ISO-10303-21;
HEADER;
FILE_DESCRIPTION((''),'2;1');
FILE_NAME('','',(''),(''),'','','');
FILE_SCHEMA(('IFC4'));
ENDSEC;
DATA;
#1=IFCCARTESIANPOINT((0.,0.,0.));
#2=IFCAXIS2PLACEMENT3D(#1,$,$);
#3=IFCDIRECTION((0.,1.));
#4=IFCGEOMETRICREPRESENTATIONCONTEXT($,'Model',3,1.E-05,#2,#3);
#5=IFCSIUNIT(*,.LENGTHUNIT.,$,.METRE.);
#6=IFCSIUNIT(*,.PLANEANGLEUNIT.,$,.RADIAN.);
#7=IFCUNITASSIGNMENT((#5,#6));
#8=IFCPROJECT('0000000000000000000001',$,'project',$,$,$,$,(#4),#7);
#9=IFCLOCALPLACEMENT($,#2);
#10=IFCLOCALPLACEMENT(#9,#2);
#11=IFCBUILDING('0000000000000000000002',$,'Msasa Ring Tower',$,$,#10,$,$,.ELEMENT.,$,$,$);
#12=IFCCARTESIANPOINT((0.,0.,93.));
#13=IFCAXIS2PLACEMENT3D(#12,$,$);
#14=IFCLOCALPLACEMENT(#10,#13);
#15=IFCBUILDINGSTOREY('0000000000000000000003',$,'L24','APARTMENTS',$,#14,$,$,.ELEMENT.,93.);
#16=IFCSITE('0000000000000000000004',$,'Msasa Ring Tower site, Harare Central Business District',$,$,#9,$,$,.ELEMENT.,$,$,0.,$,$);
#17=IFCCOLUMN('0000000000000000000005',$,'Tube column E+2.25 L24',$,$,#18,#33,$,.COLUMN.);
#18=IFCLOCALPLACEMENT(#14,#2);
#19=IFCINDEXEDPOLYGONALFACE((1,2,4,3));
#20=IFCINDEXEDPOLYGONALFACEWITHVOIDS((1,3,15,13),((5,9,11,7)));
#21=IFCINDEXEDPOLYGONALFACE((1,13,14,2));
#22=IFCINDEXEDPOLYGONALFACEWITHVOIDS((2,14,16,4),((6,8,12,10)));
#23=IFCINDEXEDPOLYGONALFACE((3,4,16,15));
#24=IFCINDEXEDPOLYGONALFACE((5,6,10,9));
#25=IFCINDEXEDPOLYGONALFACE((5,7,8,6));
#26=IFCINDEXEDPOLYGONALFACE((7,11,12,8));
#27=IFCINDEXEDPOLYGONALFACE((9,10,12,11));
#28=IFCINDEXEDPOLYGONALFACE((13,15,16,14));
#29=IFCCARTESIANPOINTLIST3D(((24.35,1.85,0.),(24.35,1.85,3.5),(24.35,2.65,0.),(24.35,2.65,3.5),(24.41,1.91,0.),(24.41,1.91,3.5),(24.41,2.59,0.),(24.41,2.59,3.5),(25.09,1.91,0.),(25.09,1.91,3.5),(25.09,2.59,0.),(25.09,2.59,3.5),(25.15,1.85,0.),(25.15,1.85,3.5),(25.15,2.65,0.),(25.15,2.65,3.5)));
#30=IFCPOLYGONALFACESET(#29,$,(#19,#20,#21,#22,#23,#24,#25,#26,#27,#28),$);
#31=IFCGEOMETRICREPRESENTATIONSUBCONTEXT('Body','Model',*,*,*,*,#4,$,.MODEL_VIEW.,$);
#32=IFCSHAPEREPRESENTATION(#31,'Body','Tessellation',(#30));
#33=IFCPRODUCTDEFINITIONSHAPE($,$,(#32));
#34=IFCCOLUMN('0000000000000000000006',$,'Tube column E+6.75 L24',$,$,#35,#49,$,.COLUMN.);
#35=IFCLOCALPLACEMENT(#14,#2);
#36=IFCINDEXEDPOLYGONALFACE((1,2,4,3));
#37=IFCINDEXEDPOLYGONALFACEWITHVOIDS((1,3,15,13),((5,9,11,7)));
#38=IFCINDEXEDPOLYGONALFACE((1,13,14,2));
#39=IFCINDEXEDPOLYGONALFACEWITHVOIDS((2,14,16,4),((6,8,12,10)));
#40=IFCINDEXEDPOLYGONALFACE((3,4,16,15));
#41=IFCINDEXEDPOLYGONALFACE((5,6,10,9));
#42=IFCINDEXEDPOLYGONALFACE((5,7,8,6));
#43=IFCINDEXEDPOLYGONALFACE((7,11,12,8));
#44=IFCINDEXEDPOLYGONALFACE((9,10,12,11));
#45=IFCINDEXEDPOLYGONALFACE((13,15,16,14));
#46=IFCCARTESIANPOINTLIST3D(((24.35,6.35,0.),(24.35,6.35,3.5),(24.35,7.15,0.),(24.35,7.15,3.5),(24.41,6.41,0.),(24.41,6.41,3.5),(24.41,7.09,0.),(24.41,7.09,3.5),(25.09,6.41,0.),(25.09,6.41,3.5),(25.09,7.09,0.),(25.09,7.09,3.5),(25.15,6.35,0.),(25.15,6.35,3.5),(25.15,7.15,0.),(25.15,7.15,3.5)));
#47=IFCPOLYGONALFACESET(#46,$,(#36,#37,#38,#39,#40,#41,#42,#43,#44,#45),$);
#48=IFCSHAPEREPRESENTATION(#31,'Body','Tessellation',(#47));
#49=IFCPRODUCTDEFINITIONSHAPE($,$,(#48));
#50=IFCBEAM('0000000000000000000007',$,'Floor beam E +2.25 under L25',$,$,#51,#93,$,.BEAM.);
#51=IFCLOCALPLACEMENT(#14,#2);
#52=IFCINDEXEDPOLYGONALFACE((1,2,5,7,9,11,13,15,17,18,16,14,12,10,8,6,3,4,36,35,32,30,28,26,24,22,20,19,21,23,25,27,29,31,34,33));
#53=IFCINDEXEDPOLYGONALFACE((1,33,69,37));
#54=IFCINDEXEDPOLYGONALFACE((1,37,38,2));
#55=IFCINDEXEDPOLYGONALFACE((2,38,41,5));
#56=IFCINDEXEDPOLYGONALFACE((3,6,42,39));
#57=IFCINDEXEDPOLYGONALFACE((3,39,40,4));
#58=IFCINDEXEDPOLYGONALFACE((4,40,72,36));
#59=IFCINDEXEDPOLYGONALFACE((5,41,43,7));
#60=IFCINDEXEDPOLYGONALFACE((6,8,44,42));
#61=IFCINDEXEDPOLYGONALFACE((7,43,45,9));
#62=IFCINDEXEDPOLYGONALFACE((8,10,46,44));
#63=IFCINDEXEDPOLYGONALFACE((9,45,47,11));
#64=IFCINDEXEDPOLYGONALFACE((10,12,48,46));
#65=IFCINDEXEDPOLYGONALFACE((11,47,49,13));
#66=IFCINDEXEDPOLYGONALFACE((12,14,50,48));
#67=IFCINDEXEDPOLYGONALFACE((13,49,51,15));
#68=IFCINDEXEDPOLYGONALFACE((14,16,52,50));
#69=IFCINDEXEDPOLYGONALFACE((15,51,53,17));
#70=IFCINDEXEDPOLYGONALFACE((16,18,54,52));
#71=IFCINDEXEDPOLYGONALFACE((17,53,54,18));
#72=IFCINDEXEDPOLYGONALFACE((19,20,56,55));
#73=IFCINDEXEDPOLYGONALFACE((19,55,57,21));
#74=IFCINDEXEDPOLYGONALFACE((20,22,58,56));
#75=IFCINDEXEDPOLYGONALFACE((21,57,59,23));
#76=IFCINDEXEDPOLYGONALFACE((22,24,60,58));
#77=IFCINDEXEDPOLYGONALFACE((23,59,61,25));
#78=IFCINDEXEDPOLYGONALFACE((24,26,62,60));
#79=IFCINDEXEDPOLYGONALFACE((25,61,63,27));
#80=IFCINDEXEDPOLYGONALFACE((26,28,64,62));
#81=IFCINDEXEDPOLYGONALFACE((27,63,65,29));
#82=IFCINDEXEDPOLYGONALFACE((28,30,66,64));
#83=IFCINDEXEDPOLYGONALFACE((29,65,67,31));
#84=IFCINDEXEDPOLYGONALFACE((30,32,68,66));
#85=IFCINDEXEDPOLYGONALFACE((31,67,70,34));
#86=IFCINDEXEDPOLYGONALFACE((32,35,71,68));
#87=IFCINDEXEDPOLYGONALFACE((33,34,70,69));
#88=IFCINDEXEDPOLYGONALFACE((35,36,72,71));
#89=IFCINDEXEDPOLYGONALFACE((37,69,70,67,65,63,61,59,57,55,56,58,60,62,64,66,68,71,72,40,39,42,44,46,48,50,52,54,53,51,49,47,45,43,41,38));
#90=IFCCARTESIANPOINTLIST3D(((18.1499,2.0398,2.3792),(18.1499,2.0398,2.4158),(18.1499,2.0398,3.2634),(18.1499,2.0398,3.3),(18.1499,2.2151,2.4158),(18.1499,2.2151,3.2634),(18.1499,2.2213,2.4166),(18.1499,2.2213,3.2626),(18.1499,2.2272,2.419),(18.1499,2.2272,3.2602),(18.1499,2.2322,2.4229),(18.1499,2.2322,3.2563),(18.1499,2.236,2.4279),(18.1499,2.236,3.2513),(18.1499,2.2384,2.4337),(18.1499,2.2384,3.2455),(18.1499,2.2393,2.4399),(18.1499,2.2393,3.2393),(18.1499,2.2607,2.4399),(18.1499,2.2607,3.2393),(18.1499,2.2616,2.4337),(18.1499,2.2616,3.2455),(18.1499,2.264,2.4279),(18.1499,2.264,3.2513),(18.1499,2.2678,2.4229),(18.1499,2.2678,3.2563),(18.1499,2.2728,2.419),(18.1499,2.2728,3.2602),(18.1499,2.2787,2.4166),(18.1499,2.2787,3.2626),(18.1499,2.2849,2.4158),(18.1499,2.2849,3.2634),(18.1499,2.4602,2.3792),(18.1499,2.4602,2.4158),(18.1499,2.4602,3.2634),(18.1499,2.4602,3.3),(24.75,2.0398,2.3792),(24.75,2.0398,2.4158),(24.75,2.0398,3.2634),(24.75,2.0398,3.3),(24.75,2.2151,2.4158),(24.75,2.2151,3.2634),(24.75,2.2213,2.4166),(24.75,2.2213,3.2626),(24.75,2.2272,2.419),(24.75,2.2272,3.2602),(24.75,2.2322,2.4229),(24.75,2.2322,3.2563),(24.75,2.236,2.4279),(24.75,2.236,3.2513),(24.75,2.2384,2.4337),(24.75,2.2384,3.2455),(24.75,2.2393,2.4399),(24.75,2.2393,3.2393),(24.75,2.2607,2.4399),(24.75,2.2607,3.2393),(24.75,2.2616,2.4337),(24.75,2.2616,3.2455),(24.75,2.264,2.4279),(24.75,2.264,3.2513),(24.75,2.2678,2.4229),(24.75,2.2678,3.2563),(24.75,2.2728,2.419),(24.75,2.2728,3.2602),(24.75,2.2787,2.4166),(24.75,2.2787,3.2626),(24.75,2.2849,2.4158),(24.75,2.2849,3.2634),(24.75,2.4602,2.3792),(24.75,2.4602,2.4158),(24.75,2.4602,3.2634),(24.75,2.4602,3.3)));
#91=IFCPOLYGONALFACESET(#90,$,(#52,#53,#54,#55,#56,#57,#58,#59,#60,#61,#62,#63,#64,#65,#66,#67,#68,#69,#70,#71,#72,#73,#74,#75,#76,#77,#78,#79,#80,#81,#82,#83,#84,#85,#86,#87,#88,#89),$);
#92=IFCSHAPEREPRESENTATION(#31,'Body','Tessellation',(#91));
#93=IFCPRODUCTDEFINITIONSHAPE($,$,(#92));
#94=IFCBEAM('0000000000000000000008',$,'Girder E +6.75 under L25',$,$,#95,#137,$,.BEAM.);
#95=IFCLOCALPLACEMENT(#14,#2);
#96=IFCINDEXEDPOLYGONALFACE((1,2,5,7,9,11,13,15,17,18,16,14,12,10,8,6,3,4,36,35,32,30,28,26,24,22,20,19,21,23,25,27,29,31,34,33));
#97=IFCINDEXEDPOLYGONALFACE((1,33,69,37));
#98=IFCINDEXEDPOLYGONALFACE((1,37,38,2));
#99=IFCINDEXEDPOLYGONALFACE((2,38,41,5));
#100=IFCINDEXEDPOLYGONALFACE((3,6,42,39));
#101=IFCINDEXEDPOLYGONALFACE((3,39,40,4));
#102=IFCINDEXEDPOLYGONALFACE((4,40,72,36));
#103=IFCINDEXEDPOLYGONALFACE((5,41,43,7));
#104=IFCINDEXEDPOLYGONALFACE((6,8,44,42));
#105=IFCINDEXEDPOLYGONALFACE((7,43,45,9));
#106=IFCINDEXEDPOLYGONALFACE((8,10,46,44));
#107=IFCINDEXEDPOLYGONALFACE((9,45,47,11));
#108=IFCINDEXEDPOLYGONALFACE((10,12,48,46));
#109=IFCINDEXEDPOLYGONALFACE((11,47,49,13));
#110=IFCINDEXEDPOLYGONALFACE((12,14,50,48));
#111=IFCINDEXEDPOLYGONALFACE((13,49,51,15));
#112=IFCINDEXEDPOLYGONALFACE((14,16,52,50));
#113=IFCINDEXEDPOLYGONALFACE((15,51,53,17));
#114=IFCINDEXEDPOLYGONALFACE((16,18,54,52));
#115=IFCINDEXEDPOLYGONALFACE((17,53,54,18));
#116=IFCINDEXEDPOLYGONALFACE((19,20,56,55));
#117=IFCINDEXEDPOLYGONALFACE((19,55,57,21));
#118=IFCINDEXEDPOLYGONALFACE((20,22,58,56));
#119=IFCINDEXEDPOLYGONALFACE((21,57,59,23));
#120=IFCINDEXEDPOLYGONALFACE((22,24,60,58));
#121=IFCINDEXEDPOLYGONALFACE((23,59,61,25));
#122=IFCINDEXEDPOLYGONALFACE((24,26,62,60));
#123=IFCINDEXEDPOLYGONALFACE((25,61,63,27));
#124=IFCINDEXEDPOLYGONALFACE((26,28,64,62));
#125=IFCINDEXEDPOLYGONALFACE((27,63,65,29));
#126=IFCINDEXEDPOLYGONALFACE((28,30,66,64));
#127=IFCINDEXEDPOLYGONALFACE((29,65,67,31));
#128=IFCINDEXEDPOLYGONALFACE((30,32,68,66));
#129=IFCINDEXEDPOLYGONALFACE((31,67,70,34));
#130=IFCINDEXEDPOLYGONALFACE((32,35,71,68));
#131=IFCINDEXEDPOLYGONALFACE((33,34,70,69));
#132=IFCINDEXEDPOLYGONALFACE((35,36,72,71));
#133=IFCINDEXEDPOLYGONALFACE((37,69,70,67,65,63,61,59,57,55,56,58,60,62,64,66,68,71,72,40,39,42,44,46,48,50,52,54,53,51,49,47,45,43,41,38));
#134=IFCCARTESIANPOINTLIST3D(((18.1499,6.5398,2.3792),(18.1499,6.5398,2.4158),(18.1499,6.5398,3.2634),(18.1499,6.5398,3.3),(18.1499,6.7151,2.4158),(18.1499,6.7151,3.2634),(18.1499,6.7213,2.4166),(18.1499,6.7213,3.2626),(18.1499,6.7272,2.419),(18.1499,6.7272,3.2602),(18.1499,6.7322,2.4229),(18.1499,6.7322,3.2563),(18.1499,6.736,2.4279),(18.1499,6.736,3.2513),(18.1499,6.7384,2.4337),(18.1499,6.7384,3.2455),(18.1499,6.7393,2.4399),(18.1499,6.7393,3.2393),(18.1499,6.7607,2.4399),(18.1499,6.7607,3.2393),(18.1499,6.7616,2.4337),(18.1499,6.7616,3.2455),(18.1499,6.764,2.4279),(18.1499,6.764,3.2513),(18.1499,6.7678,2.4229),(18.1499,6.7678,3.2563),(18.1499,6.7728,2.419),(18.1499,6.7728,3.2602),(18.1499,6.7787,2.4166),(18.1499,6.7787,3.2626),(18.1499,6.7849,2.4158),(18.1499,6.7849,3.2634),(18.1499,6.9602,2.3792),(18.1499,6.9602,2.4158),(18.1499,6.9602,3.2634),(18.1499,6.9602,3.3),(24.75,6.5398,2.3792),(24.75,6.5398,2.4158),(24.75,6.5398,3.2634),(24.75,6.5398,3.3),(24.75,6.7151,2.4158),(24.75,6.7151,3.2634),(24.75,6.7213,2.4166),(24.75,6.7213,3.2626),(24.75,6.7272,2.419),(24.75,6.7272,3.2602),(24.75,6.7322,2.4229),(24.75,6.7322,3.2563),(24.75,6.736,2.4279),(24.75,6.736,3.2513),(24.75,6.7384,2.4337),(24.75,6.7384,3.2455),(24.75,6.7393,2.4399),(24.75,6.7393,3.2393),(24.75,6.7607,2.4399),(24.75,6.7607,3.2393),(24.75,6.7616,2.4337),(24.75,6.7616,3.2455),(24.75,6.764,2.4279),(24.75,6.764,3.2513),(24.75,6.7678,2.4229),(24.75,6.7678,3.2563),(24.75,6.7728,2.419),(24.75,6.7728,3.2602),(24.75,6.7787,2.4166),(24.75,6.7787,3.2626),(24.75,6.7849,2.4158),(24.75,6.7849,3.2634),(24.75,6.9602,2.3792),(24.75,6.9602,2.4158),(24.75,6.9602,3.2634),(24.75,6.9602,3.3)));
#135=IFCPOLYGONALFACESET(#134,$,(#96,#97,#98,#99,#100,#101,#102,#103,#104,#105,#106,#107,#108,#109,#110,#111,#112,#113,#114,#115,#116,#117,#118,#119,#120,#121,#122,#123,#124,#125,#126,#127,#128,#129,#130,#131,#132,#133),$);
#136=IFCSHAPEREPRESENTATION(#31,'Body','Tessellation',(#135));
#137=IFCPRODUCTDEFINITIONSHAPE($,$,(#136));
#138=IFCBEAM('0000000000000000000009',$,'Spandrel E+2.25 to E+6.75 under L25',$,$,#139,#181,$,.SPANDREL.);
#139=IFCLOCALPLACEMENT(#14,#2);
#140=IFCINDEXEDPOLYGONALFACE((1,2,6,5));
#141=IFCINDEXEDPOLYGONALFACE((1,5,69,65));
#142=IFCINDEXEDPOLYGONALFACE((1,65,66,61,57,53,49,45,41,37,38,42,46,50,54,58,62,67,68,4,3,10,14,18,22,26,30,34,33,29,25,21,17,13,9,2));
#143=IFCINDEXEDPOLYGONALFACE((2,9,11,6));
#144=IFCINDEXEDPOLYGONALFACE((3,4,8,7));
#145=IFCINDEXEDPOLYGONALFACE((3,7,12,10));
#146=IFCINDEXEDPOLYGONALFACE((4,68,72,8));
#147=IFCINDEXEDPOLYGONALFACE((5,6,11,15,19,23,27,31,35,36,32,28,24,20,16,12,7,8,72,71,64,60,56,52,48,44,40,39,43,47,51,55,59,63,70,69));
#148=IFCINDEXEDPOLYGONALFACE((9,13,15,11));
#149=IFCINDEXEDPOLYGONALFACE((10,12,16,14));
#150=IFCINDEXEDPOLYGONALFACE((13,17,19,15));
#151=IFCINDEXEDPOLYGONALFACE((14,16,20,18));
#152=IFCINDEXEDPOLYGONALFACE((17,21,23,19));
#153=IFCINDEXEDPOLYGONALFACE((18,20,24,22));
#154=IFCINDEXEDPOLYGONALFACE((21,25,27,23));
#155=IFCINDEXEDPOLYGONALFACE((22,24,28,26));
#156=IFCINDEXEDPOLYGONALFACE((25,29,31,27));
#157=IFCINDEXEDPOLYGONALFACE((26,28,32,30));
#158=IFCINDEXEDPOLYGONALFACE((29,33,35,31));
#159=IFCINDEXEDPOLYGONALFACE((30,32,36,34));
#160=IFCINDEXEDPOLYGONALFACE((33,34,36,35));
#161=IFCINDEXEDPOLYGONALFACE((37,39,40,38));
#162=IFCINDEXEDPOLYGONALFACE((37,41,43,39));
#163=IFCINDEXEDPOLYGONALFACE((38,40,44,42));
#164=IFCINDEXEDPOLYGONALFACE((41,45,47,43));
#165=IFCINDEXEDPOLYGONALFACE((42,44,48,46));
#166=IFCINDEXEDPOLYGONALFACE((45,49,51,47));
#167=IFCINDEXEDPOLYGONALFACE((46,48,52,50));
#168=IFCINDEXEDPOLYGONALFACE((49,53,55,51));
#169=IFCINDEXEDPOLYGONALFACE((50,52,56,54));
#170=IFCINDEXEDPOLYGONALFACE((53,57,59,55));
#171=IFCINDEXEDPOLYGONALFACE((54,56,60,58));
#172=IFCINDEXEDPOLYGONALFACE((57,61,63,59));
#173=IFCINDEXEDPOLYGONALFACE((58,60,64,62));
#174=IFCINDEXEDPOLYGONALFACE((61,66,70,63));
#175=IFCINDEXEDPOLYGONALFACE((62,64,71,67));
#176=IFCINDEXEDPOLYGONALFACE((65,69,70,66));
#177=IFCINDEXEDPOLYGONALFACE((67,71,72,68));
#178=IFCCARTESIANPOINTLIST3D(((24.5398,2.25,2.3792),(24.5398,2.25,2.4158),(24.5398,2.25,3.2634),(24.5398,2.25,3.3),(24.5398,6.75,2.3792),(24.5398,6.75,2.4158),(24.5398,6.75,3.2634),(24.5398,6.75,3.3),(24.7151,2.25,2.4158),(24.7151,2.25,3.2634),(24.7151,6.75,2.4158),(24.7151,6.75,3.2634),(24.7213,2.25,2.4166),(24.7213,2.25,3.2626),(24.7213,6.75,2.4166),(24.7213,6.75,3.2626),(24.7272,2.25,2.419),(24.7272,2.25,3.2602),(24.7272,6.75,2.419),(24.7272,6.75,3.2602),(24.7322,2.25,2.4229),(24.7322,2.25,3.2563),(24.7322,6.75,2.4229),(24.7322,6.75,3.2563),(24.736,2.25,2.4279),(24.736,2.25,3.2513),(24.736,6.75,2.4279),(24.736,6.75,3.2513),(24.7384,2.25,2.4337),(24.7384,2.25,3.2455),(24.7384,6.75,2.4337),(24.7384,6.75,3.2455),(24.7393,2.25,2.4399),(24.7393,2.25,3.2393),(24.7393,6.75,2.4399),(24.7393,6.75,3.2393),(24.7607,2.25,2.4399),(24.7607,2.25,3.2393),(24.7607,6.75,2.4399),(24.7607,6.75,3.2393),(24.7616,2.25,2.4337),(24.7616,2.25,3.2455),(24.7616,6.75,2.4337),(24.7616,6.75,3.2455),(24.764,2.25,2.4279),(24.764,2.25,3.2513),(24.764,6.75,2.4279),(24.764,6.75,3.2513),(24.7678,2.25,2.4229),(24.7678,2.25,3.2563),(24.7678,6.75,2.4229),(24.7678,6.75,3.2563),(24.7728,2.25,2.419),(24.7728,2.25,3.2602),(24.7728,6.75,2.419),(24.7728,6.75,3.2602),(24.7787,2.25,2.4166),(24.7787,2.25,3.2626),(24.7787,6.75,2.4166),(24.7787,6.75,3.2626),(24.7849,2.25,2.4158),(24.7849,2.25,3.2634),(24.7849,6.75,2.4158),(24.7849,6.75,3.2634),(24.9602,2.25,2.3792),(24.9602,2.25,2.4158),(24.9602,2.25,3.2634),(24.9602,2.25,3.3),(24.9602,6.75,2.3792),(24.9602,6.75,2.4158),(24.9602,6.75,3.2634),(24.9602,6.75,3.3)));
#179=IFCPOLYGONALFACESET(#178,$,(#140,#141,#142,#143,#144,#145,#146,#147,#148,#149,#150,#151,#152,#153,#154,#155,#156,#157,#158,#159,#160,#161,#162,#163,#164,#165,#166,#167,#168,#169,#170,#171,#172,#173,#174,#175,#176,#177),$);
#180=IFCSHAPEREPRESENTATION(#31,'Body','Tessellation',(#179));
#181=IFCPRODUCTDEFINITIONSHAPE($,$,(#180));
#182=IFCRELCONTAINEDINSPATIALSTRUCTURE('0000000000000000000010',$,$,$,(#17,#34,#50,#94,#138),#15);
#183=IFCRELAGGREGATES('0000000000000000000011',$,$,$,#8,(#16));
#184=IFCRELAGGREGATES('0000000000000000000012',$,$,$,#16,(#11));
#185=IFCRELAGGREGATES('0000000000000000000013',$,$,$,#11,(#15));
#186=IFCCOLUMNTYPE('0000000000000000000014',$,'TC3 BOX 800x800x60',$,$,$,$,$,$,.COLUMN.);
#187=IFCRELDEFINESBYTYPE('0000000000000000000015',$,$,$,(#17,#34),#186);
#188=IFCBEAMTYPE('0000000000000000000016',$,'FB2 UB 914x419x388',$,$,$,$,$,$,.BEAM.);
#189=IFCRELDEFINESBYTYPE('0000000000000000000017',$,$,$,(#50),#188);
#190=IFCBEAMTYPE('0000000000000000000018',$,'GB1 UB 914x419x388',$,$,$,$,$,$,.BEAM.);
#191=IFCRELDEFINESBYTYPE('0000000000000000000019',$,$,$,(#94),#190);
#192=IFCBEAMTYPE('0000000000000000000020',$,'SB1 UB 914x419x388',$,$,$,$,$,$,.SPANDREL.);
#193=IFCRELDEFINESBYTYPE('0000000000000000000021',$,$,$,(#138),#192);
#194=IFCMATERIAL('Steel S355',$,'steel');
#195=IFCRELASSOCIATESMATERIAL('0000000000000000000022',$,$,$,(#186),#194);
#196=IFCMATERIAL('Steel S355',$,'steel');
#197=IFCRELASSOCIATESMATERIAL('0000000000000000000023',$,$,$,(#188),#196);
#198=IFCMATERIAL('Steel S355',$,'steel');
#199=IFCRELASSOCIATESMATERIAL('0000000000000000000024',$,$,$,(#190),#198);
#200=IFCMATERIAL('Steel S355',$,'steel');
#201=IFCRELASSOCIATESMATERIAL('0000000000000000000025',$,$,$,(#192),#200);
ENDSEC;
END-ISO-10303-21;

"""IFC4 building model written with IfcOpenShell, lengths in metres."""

from ifc_helpers import new_model, si_unit, direction, frame, origin, origin_2d, place, context, subcontext, project, spatial, hollow_rectangle, i_section, extrude, material, material_profile, profile_set, type_object, element, save


model = new_model("IFC4")

# Units and contexts
model_context = context("Model", 3, precision=1e-05, world=origin(), true_north=direction((0.0, 1.0)))
body_context = subcontext(model_context, "Body", "Model", "MODEL_VIEW")
ifc_project = project(units=[si_unit("LENGTHUNIT", "METRE"), si_unit("PLANEANGLEUNIT", "RADIAN")], contexts=[model_context])

# Site, building, storey
site_placement = place(None, origin())
site = spatial("IfcSite", under=ifc_project, at=site_placement, Name="Msasa Ring Tower site, Harare Central Business District", CompositionType="ELEMENT", RefElevation=0.0)
building_placement = place(site_placement, origin())
building = spatial("IfcBuilding", under=site, at=building_placement, Name="Msasa Ring Tower", CompositionType="ELEMENT")
storey_placement = place(building_placement, frame((0.0, 0.0, 93.0)))
storey = spatial("IfcBuildingStorey", under=building, at=storey_placement, Name="L24", Description="APARTMENTS", CompositionType="ELEMENT", Elevation=93.0)

# Columns
ifc_material_1 = material(Name="Steel S355", Category="steel")
ifc_material_profile_1 = material_profile(ifc_material_1, hollow_rectangle(XDim=0.8, YDim=0.8, WallThickness=0.0601, at=origin_2d()), Name="BOX 800x800x60")
ifc_profile_set_1 = profile_set([ifc_material_profile_1], Name="Steel S355")
column_type = type_object("IfcColumnType", Name="TC3 BOX 800x800x60", PredefinedType="COLUMN", material=ifc_profile_set_1)
for number, where, z_axis, x_axis, name in (
    (1, (24.75, 2.25, 0.0), (0.0, 0.0, 1.0), (1.0, 0.0, 0.0), "Tube column E+2.25 L24"),
    (2, (24.75, 6.75, 0.0), (0.0, 0.0, 1.0), (1.0, 0.0, 0.0), "Tube column E+6.75 L24"),
):
    element("IfcColumn", number, at=place(storey_placement, frame(where, z_axis=z_axis, x_axis=x_axis)), inside=storey, type_object=column_type, Name=name, PredefinedType="COLUMN", context=body_context, shape_type="SweptSolid", body=[
        extrude(hollow_rectangle(XDim=0.8, YDim=0.8, WallThickness=0.0601, at=origin_2d()), origin(), (0.0, 0.0, 1.0), 3.5),
    ])

# Beams
ifc_material_2 = material(Name="Steel S355", Category="steel")
ifc_material_profile_2 = material_profile(ifc_material_2, i_section(OverallWidth=0.4204, OverallDepth=0.9209, WebThickness=0.0215, FlangeThickness=0.0366, FilletRadius=0.0242, at=origin_2d()), Name="UB 914x419x388")
ifc_profile_set_2 = profile_set([ifc_material_profile_2], Name="Steel S355")
beam_type_1 = type_object("IfcBeamType", Name="FB2 UB 914x419x388", PredefinedType="BEAM", material=ifc_profile_set_2)
beam_1_placement = place(storey_placement, frame((24.75, 2.25, 2.8396), z_axis=(-1.0, 0.0, 0.0), x_axis=(0.0, -1.0, 0.0)))
element("IfcBeam", 3, at=beam_1_placement, inside=storey, type_object=beam_type_1, Name="Floor beam E +2.25 under L25", PredefinedType="BEAM", context=body_context, shape_type="SweptSolid", body=[
    extrude(i_section(OverallWidth=0.4204, OverallDepth=0.9209, WebThickness=0.0215, FlangeThickness=0.0366, FilletRadius=0.0242, at=origin_2d()), origin(), (0.0, 0.0, 1.0), 6.6001),
])
ifc_material_3 = material(Name="Steel S355", Category="steel")
ifc_material_profile_3 = material_profile(ifc_material_3, i_section(OverallWidth=0.4204, OverallDepth=0.9209, WebThickness=0.0215, FlangeThickness=0.0366, FilletRadius=0.0242, at=origin_2d()), Name="UB 914x419x388")
ifc_profile_set_3 = profile_set([ifc_material_profile_3], Name="Steel S355")
beam_type_2 = type_object("IfcBeamType", Name="GB1 UB 914x419x388", PredefinedType="BEAM", material=ifc_profile_set_3)
beam_2_placement = place(storey_placement, frame((18.1499, 6.75, 2.8396), z_axis=(1.0, 0.0, 0.0), x_axis=(0.0, 1.0, 0.0)))
element("IfcBeam", 4, at=beam_2_placement, inside=storey, type_object=beam_type_2, Name="Girder E +6.75 under L25", PredefinedType="BEAM", context=body_context, shape_type="SweptSolid", body=[
    extrude(i_section(OverallWidth=0.4204, OverallDepth=0.9209, WebThickness=0.0215, FlangeThickness=0.0366, FilletRadius=0.0242, at=origin_2d()), origin(), (0.0, 0.0, 1.0), 6.6001),
])
ifc_material_4 = material(Name="Steel S355", Category="steel")
ifc_material_profile_4 = material_profile(ifc_material_4, i_section(OverallWidth=0.4204, OverallDepth=0.9209, WebThickness=0.0215, FlangeThickness=0.0366, FilletRadius=0.0242, at=origin_2d()), Name="UB 914x419x388")
ifc_profile_set_4 = profile_set([ifc_material_profile_4], Name="Steel S355")
beam_type_3 = type_object("IfcBeamType", Name="SB1 UB 914x419x388", PredefinedType="SPANDREL", material=ifc_profile_set_4)
for number, where, z_axis, x_axis, name in (
    (5, (24.75, 2.25, 2.8396), (0.0, 1.0, 0.0), (-1.0, 0.0, 0.0), "Spandrel E+2.25 to E+6.75 under L25"),
):
    element("IfcBeam", number, at=place(storey_placement, frame(where, z_axis=z_axis, x_axis=x_axis)), inside=storey, type_object=beam_type_3, Name=name, PredefinedType="SPANDREL", context=body_context, shape_type="SweptSolid", body=[
        extrude(i_section(OverallWidth=0.4204, OverallDepth=0.9209, WebThickness=0.0215, FlangeThickness=0.0366, FilletRadius=0.0242, at=origin_2d()), origin(), (0.0, 0.0, 1.0), 4.5),
    ])

save(model, "model.ifc")
